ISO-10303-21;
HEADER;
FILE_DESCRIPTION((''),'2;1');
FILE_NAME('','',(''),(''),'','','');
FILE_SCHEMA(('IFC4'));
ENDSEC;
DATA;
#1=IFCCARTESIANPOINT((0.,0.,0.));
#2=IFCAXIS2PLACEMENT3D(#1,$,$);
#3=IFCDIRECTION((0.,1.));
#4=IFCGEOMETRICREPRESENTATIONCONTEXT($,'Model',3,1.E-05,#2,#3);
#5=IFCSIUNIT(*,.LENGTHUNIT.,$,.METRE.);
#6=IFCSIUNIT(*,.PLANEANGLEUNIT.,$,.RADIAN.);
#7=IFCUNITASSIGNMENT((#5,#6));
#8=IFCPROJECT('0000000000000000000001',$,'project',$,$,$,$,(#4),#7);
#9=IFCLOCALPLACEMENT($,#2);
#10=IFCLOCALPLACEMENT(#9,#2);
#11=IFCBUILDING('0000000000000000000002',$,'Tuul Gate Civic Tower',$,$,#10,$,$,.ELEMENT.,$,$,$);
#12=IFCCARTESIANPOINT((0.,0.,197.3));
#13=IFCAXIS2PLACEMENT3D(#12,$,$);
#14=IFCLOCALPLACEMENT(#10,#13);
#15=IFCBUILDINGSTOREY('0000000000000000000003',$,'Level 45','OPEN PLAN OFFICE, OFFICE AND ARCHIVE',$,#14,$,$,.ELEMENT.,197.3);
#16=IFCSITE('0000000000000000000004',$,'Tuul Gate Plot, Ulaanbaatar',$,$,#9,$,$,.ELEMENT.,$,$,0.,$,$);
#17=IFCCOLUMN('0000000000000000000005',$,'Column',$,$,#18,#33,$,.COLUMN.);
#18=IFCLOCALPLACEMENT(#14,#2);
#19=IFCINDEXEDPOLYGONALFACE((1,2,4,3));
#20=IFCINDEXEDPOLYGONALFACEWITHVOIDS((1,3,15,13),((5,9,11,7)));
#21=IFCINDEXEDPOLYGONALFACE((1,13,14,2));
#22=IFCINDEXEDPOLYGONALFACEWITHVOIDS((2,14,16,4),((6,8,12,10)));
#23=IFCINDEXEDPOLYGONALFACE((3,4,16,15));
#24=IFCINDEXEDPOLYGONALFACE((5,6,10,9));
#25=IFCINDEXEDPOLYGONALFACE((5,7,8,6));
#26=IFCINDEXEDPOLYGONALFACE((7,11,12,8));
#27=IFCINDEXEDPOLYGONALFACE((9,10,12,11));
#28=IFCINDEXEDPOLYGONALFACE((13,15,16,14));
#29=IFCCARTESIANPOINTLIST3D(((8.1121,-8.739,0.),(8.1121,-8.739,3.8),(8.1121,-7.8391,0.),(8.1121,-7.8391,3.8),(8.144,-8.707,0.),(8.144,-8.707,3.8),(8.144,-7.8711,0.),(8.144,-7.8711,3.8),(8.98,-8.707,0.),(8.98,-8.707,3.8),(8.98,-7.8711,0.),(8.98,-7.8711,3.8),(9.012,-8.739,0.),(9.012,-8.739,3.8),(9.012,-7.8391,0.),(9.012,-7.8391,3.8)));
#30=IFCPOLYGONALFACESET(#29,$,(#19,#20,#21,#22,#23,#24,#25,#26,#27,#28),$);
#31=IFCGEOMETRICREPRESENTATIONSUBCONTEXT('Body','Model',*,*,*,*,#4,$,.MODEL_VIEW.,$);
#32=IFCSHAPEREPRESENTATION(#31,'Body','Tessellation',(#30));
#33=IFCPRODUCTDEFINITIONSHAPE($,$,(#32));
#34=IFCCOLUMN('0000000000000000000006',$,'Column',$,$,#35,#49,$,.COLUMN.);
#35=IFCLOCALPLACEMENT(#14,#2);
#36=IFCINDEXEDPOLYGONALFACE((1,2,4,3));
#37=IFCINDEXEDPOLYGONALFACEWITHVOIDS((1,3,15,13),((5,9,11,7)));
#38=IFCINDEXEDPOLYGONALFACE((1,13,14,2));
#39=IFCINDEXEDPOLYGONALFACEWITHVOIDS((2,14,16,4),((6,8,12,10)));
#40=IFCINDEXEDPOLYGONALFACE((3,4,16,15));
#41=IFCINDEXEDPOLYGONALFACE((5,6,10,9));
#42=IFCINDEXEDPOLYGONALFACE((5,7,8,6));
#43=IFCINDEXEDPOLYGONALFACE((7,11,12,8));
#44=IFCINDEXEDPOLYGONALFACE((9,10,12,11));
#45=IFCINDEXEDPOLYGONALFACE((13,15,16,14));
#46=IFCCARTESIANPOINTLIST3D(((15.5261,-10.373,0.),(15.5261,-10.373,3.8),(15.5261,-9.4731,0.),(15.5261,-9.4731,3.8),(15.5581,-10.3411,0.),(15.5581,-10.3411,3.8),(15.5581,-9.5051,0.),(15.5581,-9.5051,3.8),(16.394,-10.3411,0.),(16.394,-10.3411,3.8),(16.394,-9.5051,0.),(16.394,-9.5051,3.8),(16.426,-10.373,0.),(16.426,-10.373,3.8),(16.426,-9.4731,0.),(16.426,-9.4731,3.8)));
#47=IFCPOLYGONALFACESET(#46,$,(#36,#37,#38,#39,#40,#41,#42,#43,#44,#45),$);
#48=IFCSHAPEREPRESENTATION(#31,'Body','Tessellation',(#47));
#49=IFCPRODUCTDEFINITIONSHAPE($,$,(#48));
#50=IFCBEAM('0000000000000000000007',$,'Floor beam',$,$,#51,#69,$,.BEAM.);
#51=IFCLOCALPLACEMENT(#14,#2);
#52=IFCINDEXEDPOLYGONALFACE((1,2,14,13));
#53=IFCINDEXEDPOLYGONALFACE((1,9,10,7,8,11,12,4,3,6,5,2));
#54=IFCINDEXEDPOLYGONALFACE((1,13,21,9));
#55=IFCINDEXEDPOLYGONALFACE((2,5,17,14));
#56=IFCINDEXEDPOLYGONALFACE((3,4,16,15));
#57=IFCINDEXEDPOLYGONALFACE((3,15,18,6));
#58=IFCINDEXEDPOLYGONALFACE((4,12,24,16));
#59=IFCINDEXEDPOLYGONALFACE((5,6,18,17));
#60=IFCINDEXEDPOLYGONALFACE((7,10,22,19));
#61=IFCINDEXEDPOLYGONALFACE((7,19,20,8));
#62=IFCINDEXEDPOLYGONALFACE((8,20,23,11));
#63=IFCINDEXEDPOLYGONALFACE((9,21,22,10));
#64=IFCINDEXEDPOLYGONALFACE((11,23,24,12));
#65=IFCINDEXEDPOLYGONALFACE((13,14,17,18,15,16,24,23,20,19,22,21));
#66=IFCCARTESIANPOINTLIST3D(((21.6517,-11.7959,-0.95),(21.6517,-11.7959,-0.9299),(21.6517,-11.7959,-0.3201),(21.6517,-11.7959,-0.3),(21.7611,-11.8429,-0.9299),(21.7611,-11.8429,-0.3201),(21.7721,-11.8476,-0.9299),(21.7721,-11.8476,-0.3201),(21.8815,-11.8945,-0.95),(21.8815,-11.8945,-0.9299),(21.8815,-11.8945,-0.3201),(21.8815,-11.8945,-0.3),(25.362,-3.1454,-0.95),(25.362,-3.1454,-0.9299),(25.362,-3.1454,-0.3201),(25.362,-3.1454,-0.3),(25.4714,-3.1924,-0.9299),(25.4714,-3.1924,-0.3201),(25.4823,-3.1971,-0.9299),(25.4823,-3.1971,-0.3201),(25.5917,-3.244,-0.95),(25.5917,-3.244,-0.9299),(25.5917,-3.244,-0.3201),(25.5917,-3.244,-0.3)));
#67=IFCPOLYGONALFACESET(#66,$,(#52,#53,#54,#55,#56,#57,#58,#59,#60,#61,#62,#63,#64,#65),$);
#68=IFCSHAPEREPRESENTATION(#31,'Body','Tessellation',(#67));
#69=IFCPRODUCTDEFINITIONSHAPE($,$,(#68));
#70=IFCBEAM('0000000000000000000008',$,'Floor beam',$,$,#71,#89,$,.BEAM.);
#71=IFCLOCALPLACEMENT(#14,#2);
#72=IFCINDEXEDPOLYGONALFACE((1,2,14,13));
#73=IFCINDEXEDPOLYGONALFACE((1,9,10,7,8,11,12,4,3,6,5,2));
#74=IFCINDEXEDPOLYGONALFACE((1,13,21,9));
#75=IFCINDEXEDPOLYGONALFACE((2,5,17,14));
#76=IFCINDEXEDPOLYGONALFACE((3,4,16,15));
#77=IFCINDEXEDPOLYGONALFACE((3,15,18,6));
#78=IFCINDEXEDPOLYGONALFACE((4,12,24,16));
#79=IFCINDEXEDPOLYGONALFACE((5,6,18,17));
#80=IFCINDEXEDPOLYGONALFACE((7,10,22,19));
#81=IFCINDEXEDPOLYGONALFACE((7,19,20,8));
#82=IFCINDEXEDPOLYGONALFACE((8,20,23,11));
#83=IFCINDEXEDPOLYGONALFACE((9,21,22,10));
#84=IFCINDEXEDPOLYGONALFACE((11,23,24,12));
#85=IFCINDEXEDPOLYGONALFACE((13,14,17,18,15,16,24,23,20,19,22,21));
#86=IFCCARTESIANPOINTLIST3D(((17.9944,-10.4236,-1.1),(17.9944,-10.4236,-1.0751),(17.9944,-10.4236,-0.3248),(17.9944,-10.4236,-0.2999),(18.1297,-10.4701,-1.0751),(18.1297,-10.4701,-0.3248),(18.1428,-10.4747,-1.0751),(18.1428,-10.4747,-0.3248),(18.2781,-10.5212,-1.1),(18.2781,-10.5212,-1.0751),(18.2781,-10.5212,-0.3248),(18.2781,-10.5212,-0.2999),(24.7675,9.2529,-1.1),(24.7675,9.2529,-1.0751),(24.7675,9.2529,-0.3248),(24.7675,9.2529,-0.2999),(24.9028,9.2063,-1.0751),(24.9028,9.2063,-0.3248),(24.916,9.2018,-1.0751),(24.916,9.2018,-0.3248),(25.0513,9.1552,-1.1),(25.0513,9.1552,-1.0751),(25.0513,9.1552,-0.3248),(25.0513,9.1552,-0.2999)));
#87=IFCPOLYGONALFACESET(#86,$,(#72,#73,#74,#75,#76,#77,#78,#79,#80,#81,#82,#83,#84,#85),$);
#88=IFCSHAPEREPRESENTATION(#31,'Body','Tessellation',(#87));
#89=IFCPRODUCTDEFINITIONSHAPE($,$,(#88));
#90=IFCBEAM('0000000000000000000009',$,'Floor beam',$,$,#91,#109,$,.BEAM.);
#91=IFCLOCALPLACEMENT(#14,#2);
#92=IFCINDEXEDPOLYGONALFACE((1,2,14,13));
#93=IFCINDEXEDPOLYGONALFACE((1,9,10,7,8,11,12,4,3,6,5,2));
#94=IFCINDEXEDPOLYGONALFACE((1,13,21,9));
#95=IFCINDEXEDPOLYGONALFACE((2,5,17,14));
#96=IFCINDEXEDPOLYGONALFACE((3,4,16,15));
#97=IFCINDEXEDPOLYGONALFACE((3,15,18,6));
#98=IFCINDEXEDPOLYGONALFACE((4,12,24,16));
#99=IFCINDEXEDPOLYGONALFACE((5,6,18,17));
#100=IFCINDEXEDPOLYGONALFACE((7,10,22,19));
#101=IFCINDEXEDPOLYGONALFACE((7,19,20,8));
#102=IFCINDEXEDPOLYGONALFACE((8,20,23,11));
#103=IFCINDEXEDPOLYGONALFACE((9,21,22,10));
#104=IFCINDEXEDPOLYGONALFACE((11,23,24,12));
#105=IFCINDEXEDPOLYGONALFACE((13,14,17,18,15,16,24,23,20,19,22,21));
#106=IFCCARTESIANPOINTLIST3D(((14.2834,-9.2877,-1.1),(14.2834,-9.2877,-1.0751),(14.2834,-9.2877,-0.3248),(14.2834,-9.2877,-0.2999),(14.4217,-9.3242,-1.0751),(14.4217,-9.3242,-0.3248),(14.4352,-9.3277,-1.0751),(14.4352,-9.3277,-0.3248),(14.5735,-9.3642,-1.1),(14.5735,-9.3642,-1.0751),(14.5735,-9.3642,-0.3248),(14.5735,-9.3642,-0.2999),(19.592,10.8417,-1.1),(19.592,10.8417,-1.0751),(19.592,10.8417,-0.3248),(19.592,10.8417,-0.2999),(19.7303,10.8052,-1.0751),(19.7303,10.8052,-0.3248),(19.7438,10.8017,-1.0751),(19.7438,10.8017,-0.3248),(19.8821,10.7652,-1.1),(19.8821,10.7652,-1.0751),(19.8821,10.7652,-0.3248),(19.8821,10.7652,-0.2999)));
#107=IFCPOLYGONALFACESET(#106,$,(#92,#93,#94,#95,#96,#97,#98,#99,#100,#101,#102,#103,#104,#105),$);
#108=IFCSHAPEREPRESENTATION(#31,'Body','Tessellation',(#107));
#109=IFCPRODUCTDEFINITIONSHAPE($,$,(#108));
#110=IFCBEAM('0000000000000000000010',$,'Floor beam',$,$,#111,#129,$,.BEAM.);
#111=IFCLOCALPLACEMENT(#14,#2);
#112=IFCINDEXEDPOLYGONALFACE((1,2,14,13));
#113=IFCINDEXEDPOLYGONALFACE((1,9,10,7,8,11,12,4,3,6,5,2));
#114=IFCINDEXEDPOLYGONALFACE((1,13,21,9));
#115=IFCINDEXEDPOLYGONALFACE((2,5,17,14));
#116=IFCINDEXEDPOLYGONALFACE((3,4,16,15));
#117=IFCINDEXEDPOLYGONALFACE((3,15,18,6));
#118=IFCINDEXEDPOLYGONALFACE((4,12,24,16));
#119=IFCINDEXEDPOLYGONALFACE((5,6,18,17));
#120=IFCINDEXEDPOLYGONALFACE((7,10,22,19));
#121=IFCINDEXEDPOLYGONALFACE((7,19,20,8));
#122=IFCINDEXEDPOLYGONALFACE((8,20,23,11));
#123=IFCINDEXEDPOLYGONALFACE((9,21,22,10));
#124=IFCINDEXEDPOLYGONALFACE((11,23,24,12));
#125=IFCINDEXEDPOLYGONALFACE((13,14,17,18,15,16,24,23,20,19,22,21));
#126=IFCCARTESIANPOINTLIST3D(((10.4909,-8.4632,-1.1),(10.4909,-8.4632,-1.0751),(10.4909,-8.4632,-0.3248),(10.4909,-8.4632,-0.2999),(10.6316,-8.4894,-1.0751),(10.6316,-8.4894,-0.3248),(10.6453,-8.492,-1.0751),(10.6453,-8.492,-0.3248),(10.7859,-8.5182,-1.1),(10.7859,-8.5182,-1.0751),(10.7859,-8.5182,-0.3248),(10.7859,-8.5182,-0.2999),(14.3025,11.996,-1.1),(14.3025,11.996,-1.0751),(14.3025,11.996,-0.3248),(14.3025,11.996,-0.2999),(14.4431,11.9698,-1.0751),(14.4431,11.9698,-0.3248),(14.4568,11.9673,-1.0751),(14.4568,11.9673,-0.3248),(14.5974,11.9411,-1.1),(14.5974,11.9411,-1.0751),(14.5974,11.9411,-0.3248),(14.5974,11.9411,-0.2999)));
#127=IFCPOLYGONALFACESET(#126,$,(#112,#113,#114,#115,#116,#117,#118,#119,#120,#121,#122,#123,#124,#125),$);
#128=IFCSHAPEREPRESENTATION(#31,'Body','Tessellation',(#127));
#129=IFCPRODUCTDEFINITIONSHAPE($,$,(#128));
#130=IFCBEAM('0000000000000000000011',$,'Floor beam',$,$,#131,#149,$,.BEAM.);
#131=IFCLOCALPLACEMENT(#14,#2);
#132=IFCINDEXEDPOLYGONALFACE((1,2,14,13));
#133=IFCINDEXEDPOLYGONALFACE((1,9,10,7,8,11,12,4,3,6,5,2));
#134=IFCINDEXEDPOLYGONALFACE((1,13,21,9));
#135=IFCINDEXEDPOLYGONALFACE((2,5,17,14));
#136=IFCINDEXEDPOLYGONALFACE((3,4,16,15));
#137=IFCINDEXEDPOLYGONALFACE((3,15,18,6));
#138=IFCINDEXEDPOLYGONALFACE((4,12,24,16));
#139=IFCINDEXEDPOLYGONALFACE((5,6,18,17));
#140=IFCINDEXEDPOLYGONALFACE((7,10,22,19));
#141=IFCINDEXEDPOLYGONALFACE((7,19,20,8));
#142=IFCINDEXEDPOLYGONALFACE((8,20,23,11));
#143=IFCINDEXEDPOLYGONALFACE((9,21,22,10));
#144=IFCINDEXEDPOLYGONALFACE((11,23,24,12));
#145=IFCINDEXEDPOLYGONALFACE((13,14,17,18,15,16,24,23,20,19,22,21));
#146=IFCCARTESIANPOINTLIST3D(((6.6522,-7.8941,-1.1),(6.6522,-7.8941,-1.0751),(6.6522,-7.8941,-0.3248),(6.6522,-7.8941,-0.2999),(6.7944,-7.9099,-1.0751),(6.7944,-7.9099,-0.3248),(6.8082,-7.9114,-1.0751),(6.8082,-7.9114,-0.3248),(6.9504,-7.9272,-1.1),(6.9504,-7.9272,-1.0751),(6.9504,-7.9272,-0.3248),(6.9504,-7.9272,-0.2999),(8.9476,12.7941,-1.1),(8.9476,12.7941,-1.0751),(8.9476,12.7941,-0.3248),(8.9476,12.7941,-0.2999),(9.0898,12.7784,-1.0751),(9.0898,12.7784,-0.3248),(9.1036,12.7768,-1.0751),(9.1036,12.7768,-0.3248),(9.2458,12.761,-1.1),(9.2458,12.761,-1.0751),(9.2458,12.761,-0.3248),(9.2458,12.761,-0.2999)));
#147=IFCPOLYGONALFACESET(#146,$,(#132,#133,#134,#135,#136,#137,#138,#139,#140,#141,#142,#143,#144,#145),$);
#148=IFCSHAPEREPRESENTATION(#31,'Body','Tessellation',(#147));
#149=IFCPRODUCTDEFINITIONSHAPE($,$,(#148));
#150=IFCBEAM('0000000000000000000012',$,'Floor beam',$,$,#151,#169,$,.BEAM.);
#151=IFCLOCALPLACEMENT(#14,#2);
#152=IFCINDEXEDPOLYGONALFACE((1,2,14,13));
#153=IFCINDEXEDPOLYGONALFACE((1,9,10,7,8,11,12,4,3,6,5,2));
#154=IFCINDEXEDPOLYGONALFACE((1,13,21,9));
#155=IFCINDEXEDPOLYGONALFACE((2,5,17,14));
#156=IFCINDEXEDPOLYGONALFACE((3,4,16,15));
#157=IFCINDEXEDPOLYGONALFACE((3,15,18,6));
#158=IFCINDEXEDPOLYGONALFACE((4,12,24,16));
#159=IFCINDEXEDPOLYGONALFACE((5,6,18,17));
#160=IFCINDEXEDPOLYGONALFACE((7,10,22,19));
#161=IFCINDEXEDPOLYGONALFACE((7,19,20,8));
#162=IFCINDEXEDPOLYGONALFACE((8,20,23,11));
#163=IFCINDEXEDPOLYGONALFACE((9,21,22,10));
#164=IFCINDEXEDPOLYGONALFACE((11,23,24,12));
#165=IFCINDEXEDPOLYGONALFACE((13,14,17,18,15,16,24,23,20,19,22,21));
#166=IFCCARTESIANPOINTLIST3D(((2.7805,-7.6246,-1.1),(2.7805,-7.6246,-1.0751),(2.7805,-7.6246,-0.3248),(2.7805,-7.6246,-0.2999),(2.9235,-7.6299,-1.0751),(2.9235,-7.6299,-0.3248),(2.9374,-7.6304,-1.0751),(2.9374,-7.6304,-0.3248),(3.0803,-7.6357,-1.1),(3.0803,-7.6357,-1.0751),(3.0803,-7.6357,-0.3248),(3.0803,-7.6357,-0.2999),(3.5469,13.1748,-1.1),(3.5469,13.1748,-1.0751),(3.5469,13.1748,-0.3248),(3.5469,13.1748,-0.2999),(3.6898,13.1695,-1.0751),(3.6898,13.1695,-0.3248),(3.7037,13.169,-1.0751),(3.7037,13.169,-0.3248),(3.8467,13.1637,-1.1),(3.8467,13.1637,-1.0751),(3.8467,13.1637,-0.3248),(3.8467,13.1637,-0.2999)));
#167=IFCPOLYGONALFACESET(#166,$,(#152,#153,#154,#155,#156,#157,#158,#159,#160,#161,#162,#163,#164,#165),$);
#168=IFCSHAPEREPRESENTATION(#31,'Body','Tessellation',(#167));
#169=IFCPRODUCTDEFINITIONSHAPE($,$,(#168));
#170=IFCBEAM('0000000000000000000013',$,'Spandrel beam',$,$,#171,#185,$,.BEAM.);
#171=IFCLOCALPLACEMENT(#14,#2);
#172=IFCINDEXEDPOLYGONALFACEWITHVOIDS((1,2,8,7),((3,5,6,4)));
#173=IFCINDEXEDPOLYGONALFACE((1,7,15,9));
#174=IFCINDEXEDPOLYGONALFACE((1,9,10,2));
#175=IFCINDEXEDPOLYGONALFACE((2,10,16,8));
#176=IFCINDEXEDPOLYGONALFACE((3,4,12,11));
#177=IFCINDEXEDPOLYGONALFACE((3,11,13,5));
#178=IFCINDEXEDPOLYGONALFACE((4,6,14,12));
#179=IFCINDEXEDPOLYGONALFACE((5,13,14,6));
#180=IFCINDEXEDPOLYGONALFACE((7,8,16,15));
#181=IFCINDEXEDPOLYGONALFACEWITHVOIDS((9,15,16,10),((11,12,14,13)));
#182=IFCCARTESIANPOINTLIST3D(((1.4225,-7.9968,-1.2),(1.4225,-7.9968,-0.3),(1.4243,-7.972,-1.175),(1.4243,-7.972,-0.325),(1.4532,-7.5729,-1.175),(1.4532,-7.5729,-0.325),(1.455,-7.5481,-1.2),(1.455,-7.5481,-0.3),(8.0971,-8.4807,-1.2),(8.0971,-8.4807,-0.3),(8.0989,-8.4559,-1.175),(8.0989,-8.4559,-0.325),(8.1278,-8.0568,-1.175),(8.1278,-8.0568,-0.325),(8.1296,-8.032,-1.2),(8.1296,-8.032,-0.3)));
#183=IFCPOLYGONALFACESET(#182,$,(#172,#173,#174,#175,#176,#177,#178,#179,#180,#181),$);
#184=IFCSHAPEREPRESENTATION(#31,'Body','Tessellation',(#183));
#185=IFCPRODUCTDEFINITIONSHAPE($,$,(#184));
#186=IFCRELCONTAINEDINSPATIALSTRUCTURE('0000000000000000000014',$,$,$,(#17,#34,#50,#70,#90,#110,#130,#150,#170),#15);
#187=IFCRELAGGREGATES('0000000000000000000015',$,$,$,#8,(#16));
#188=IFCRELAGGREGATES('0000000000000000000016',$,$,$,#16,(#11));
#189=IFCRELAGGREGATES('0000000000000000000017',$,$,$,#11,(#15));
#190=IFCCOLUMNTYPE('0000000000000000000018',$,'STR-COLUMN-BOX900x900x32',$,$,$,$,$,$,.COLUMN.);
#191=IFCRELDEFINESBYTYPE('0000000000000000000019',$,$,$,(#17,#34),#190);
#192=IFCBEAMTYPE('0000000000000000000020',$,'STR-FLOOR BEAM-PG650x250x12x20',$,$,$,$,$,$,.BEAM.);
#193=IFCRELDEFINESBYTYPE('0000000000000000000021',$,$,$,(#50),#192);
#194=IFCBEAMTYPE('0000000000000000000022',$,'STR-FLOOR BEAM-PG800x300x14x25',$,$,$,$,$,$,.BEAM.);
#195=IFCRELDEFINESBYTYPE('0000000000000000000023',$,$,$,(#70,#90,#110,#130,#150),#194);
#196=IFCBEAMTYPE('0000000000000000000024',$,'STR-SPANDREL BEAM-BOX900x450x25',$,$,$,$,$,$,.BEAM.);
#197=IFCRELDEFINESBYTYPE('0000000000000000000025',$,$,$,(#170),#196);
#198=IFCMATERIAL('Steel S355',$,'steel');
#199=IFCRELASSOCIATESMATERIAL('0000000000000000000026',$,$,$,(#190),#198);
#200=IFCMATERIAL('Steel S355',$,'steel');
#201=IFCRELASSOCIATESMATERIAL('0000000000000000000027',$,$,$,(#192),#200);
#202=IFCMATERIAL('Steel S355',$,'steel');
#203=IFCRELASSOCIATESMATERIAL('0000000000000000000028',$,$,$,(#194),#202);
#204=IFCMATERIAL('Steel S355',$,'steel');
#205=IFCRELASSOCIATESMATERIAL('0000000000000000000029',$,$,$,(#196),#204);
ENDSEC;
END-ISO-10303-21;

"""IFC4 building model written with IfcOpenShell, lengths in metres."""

from ifc_helpers import new_model, si_unit, direction, frame, origin, origin_2d, place, context, subcontext, project, spatial, hollow_rectangle, i_section, extrude, material, material_profile, profile_set, type_object, element, save


model = new_model("IFC4")

# Units and contexts
model_context = context("Model", 3, precision=1e-05, world=origin(), true_north=direction((0.0, 1.0)))
body_context = subcontext(model_context, "Body", "Model", "MODEL_VIEW")
ifc_project = project(units=[si_unit("LENGTHUNIT", "METRE"), si_unit("PLANEANGLEUNIT", "RADIAN")], contexts=[model_context])

# Site, building, storey
site_placement = place(None, origin())
site = spatial("IfcSite", under=ifc_project, at=site_placement, Name="Tuul Gate Plot, Ulaanbaatar", CompositionType="ELEMENT", RefElevation=0.0)
building_placement = place(site_placement, origin())
building = spatial("IfcBuilding", under=site, at=building_placement, Name="Tuul Gate Civic Tower", CompositionType="ELEMENT")
storey_placement = place(building_placement, frame((0.0, 0.0, 197.3)))
storey = spatial("IfcBuildingStorey", under=building, at=storey_placement, Name="Level 45", Description="OPEN PLAN OFFICE, OFFICE AND ARCHIVE", CompositionType="ELEMENT", Elevation=197.3)

# Columns
ifc_material_1 = material(Name="Steel S355", Category="steel")
ifc_material_profile_1 = material_profile(ifc_material_1, hollow_rectangle(XDim=0.8999, YDim=0.8999, WallThickness=0.032, at=origin_2d()), Name="BOX900x900x32")
ifc_profile_set_1 = profile_set([ifc_material_profile_1], Name="Steel S355")
column_type = type_object("IfcColumnType", Name="STR-COLUMN-BOX900x900x32", PredefinedType="COLUMN", material=ifc_profile_set_1)
for number, where, z_axis, x_axis, name in (
    (1, (8.562, -8.2891, 0.0), (0.0, 0.0, 1.0), (1.0, 0.0, 0.0), "Column"),
    (2, (15.9761, -9.9231, 0.0), (0.0, 0.0, 1.0), (1.0, 0.0, 0.0), "Column"),
):
    element("IfcColumn", number, at=place(storey_placement, frame(where, z_axis=z_axis, x_axis=x_axis)), inside=storey, type_object=column_type, Name=name, PredefinedType="COLUMN", context=body_context, shape_type="SweptSolid", body=[
        extrude(hollow_rectangle(XDim=0.8999, YDim=0.8999, WallThickness=0.032, at=origin_2d()), origin(), (0.0, 0.0, 1.0), 3.8),
    ])

# Beams
ifc_material_2 = material(Name="Steel S355", Category="steel")
ifc_material_profile_2 = material_profile(ifc_material_2, i_section(OverallWidth=0.25, OverallDepth=0.6499, WebThickness=0.012, FlangeThickness=0.02, at=origin_2d()), Name="PG650x250x12x20")
ifc_profile_set_2 = profile_set([ifc_material_profile_2], Name="Steel S355")
beam_type_1 = type_object("IfcBeamType", Name="STR-FLOOR BEAM-PG650x250x12x20", PredefinedType="BEAM", material=ifc_profile_set_2)
beam_1_placement = place(storey_placement, frame((21.7666, -11.8452, -0.625), z_axis=(0.394179, 0.919034, 0.0), x_axis=(-0.919034, 0.394179, 0.0)))
element("IfcBeam", 3, at=beam_1_placement, inside=storey, type_object=beam_type_1, Name="Floor beam", PredefinedType="BEAM", context=body_context, shape_type="SweptSolid", body=[
    extrude(i_section(OverallWidth=0.25, OverallDepth=0.6499, WebThickness=0.012, FlangeThickness=0.02, at=origin_2d()), origin(), (0.0, 0.0, 1.0), 9.4126),
])
ifc_material_3 = material(Name="Steel S355", Category="steel")
ifc_material_profile_3 = material_profile(ifc_material_3, i_section(OverallWidth=0.3, OverallDepth=0.8, WebThickness=0.0139, FlangeThickness=0.0249, at=origin_2d()), Name="PG800x300x14x25")
ifc_profile_set_3 = profile_set([ifc_material_profile_3], Name="Steel S355")
beam_type_2 = type_object("IfcBeamType", Name="STR-FLOOR BEAM-PG800x300x14x25", PredefinedType="BEAM", material=ifc_profile_set_3)
beam_2_placement = place(storey_placement, frame((18.1362, -10.4724, -0.7), z_axis=(0.325483, 0.945548, 0.0), x_axis=(-0.945548, 0.325483, 0.0)))
element("IfcBeam", 4, at=beam_2_placement, inside=storey, type_object=beam_type_2, Name="Floor beam", PredefinedType="BEAM", context=body_context, shape_type="SweptSolid", body=[
    extrude(i_section(OverallWidth=0.3, OverallDepth=0.8, WebThickness=0.0139, FlangeThickness=0.0249, at=origin_2d()), origin(), (0.0, 0.0, 1.0), 20.8096),
])
beam_3_placement = place(storey_placement, frame((14.4285, -9.3259, -0.7), z_axis=(0.255005, 0.96694, 0.0), x_axis=(-0.96694, 0.255005, 0.0)))
element("IfcBeam", 5, at=beam_3_placement, inside=storey, type_object=beam_type_2, Name="Floor beam", PredefinedType="BEAM", context=body_context, shape_type="SweptSolid", body=[
    extrude(i_section(OverallWidth=0.3, OverallDepth=0.8, WebThickness=0.0139, FlangeThickness=0.0249, at=origin_2d()), origin(), (0.0, 0.0, 1.0), 20.8176),
])
beam_4_placement = place(storey_placement, frame((10.6384, -8.4907, -0.7), z_axis=(0.183147, 0.983085, 0.0), x_axis=(-0.983085, 0.183147, 0.0)))
element("IfcBeam", 6, at=beam_4_placement, inside=storey, type_object=beam_type_2, Name="Floor beam", PredefinedType="BEAM", context=body_context, shape_type="SweptSolid", body=[
    extrude(i_section(OverallWidth=0.3, OverallDepth=0.8, WebThickness=0.0139, FlangeThickness=0.0249, at=origin_2d()), origin(), (0.0, 0.0, 1.0), 20.8113),
])
beam_5_placement = place(storey_placement, frame((6.8013, -7.9106, -0.7), z_axis=(0.110276, 0.993901, 0.0), x_axis=(-0.993901, 0.110276, 0.0)))
element("IfcBeam", 7, at=beam_5_placement, inside=storey, type_object=beam_type_2, Name="Floor beam", PredefinedType="BEAM", context=body_context, shape_type="SweptSolid", body=[
    extrude(i_section(OverallWidth=0.3, OverallDepth=0.8, WebThickness=0.0139, FlangeThickness=0.0249, at=origin_2d()), origin(), (0.0, 0.0, 1.0), 20.8152),
])
beam_6_placement = place(storey_placement, frame((2.9304, -7.6301, -0.7), z_axis=(0.03682, 0.999322, 0.0), x_axis=(-0.999322, 0.03682, 0.0)))
element("IfcBeam", 8, at=beam_6_placement, inside=storey, type_object=beam_type_2, Name="Floor beam", PredefinedType="BEAM", context=body_context, shape_type="SweptSolid", body=[
    extrude(i_section(OverallWidth=0.3, OverallDepth=0.8, WebThickness=0.0139, FlangeThickness=0.0249, at=origin_2d()), origin(), (0.0, 0.0, 1.0), 20.8135),
])
ifc_material_4 = material(Name="Steel S355", Category="steel")
ifc_material_profile_4 = material_profile(ifc_material_4, hollow_rectangle(XDim=0.45, YDim=0.8999, WallThickness=0.0249, at=origin_2d()), Name="BOX900x450x25")
ifc_profile_set_4 = profile_set([ifc_material_profile_4], Name="Steel S355")
beam_type_3 = type_object("IfcBeamType", Name="STR-SPANDREL BEAM-BOX900x450x25", PredefinedType="BEAM", material=ifc_profile_set_4)
for number, where, z_axis, x_axis, name in (
    (9, (1.4387, -7.7725, -0.75), (0.997382, -0.072307, 0.0), (0.072307, 0.997382, 0.0), "Spandrel beam"),
):
    element("IfcBeam", number, at=place(storey_placement, frame(where, z_axis=z_axis, x_axis=x_axis)), inside=storey, type_object=beam_type_3, Name=name, PredefinedType="BEAM", context=body_context, shape_type="SweptSolid", body=[
        extrude(hollow_rectangle(XDim=0.45, YDim=0.8999, WallThickness=0.0249, at=origin_2d()), origin(), (0.0, 0.0, 1.0), 6.6921),
    ])

save(model, "model.ifc")
